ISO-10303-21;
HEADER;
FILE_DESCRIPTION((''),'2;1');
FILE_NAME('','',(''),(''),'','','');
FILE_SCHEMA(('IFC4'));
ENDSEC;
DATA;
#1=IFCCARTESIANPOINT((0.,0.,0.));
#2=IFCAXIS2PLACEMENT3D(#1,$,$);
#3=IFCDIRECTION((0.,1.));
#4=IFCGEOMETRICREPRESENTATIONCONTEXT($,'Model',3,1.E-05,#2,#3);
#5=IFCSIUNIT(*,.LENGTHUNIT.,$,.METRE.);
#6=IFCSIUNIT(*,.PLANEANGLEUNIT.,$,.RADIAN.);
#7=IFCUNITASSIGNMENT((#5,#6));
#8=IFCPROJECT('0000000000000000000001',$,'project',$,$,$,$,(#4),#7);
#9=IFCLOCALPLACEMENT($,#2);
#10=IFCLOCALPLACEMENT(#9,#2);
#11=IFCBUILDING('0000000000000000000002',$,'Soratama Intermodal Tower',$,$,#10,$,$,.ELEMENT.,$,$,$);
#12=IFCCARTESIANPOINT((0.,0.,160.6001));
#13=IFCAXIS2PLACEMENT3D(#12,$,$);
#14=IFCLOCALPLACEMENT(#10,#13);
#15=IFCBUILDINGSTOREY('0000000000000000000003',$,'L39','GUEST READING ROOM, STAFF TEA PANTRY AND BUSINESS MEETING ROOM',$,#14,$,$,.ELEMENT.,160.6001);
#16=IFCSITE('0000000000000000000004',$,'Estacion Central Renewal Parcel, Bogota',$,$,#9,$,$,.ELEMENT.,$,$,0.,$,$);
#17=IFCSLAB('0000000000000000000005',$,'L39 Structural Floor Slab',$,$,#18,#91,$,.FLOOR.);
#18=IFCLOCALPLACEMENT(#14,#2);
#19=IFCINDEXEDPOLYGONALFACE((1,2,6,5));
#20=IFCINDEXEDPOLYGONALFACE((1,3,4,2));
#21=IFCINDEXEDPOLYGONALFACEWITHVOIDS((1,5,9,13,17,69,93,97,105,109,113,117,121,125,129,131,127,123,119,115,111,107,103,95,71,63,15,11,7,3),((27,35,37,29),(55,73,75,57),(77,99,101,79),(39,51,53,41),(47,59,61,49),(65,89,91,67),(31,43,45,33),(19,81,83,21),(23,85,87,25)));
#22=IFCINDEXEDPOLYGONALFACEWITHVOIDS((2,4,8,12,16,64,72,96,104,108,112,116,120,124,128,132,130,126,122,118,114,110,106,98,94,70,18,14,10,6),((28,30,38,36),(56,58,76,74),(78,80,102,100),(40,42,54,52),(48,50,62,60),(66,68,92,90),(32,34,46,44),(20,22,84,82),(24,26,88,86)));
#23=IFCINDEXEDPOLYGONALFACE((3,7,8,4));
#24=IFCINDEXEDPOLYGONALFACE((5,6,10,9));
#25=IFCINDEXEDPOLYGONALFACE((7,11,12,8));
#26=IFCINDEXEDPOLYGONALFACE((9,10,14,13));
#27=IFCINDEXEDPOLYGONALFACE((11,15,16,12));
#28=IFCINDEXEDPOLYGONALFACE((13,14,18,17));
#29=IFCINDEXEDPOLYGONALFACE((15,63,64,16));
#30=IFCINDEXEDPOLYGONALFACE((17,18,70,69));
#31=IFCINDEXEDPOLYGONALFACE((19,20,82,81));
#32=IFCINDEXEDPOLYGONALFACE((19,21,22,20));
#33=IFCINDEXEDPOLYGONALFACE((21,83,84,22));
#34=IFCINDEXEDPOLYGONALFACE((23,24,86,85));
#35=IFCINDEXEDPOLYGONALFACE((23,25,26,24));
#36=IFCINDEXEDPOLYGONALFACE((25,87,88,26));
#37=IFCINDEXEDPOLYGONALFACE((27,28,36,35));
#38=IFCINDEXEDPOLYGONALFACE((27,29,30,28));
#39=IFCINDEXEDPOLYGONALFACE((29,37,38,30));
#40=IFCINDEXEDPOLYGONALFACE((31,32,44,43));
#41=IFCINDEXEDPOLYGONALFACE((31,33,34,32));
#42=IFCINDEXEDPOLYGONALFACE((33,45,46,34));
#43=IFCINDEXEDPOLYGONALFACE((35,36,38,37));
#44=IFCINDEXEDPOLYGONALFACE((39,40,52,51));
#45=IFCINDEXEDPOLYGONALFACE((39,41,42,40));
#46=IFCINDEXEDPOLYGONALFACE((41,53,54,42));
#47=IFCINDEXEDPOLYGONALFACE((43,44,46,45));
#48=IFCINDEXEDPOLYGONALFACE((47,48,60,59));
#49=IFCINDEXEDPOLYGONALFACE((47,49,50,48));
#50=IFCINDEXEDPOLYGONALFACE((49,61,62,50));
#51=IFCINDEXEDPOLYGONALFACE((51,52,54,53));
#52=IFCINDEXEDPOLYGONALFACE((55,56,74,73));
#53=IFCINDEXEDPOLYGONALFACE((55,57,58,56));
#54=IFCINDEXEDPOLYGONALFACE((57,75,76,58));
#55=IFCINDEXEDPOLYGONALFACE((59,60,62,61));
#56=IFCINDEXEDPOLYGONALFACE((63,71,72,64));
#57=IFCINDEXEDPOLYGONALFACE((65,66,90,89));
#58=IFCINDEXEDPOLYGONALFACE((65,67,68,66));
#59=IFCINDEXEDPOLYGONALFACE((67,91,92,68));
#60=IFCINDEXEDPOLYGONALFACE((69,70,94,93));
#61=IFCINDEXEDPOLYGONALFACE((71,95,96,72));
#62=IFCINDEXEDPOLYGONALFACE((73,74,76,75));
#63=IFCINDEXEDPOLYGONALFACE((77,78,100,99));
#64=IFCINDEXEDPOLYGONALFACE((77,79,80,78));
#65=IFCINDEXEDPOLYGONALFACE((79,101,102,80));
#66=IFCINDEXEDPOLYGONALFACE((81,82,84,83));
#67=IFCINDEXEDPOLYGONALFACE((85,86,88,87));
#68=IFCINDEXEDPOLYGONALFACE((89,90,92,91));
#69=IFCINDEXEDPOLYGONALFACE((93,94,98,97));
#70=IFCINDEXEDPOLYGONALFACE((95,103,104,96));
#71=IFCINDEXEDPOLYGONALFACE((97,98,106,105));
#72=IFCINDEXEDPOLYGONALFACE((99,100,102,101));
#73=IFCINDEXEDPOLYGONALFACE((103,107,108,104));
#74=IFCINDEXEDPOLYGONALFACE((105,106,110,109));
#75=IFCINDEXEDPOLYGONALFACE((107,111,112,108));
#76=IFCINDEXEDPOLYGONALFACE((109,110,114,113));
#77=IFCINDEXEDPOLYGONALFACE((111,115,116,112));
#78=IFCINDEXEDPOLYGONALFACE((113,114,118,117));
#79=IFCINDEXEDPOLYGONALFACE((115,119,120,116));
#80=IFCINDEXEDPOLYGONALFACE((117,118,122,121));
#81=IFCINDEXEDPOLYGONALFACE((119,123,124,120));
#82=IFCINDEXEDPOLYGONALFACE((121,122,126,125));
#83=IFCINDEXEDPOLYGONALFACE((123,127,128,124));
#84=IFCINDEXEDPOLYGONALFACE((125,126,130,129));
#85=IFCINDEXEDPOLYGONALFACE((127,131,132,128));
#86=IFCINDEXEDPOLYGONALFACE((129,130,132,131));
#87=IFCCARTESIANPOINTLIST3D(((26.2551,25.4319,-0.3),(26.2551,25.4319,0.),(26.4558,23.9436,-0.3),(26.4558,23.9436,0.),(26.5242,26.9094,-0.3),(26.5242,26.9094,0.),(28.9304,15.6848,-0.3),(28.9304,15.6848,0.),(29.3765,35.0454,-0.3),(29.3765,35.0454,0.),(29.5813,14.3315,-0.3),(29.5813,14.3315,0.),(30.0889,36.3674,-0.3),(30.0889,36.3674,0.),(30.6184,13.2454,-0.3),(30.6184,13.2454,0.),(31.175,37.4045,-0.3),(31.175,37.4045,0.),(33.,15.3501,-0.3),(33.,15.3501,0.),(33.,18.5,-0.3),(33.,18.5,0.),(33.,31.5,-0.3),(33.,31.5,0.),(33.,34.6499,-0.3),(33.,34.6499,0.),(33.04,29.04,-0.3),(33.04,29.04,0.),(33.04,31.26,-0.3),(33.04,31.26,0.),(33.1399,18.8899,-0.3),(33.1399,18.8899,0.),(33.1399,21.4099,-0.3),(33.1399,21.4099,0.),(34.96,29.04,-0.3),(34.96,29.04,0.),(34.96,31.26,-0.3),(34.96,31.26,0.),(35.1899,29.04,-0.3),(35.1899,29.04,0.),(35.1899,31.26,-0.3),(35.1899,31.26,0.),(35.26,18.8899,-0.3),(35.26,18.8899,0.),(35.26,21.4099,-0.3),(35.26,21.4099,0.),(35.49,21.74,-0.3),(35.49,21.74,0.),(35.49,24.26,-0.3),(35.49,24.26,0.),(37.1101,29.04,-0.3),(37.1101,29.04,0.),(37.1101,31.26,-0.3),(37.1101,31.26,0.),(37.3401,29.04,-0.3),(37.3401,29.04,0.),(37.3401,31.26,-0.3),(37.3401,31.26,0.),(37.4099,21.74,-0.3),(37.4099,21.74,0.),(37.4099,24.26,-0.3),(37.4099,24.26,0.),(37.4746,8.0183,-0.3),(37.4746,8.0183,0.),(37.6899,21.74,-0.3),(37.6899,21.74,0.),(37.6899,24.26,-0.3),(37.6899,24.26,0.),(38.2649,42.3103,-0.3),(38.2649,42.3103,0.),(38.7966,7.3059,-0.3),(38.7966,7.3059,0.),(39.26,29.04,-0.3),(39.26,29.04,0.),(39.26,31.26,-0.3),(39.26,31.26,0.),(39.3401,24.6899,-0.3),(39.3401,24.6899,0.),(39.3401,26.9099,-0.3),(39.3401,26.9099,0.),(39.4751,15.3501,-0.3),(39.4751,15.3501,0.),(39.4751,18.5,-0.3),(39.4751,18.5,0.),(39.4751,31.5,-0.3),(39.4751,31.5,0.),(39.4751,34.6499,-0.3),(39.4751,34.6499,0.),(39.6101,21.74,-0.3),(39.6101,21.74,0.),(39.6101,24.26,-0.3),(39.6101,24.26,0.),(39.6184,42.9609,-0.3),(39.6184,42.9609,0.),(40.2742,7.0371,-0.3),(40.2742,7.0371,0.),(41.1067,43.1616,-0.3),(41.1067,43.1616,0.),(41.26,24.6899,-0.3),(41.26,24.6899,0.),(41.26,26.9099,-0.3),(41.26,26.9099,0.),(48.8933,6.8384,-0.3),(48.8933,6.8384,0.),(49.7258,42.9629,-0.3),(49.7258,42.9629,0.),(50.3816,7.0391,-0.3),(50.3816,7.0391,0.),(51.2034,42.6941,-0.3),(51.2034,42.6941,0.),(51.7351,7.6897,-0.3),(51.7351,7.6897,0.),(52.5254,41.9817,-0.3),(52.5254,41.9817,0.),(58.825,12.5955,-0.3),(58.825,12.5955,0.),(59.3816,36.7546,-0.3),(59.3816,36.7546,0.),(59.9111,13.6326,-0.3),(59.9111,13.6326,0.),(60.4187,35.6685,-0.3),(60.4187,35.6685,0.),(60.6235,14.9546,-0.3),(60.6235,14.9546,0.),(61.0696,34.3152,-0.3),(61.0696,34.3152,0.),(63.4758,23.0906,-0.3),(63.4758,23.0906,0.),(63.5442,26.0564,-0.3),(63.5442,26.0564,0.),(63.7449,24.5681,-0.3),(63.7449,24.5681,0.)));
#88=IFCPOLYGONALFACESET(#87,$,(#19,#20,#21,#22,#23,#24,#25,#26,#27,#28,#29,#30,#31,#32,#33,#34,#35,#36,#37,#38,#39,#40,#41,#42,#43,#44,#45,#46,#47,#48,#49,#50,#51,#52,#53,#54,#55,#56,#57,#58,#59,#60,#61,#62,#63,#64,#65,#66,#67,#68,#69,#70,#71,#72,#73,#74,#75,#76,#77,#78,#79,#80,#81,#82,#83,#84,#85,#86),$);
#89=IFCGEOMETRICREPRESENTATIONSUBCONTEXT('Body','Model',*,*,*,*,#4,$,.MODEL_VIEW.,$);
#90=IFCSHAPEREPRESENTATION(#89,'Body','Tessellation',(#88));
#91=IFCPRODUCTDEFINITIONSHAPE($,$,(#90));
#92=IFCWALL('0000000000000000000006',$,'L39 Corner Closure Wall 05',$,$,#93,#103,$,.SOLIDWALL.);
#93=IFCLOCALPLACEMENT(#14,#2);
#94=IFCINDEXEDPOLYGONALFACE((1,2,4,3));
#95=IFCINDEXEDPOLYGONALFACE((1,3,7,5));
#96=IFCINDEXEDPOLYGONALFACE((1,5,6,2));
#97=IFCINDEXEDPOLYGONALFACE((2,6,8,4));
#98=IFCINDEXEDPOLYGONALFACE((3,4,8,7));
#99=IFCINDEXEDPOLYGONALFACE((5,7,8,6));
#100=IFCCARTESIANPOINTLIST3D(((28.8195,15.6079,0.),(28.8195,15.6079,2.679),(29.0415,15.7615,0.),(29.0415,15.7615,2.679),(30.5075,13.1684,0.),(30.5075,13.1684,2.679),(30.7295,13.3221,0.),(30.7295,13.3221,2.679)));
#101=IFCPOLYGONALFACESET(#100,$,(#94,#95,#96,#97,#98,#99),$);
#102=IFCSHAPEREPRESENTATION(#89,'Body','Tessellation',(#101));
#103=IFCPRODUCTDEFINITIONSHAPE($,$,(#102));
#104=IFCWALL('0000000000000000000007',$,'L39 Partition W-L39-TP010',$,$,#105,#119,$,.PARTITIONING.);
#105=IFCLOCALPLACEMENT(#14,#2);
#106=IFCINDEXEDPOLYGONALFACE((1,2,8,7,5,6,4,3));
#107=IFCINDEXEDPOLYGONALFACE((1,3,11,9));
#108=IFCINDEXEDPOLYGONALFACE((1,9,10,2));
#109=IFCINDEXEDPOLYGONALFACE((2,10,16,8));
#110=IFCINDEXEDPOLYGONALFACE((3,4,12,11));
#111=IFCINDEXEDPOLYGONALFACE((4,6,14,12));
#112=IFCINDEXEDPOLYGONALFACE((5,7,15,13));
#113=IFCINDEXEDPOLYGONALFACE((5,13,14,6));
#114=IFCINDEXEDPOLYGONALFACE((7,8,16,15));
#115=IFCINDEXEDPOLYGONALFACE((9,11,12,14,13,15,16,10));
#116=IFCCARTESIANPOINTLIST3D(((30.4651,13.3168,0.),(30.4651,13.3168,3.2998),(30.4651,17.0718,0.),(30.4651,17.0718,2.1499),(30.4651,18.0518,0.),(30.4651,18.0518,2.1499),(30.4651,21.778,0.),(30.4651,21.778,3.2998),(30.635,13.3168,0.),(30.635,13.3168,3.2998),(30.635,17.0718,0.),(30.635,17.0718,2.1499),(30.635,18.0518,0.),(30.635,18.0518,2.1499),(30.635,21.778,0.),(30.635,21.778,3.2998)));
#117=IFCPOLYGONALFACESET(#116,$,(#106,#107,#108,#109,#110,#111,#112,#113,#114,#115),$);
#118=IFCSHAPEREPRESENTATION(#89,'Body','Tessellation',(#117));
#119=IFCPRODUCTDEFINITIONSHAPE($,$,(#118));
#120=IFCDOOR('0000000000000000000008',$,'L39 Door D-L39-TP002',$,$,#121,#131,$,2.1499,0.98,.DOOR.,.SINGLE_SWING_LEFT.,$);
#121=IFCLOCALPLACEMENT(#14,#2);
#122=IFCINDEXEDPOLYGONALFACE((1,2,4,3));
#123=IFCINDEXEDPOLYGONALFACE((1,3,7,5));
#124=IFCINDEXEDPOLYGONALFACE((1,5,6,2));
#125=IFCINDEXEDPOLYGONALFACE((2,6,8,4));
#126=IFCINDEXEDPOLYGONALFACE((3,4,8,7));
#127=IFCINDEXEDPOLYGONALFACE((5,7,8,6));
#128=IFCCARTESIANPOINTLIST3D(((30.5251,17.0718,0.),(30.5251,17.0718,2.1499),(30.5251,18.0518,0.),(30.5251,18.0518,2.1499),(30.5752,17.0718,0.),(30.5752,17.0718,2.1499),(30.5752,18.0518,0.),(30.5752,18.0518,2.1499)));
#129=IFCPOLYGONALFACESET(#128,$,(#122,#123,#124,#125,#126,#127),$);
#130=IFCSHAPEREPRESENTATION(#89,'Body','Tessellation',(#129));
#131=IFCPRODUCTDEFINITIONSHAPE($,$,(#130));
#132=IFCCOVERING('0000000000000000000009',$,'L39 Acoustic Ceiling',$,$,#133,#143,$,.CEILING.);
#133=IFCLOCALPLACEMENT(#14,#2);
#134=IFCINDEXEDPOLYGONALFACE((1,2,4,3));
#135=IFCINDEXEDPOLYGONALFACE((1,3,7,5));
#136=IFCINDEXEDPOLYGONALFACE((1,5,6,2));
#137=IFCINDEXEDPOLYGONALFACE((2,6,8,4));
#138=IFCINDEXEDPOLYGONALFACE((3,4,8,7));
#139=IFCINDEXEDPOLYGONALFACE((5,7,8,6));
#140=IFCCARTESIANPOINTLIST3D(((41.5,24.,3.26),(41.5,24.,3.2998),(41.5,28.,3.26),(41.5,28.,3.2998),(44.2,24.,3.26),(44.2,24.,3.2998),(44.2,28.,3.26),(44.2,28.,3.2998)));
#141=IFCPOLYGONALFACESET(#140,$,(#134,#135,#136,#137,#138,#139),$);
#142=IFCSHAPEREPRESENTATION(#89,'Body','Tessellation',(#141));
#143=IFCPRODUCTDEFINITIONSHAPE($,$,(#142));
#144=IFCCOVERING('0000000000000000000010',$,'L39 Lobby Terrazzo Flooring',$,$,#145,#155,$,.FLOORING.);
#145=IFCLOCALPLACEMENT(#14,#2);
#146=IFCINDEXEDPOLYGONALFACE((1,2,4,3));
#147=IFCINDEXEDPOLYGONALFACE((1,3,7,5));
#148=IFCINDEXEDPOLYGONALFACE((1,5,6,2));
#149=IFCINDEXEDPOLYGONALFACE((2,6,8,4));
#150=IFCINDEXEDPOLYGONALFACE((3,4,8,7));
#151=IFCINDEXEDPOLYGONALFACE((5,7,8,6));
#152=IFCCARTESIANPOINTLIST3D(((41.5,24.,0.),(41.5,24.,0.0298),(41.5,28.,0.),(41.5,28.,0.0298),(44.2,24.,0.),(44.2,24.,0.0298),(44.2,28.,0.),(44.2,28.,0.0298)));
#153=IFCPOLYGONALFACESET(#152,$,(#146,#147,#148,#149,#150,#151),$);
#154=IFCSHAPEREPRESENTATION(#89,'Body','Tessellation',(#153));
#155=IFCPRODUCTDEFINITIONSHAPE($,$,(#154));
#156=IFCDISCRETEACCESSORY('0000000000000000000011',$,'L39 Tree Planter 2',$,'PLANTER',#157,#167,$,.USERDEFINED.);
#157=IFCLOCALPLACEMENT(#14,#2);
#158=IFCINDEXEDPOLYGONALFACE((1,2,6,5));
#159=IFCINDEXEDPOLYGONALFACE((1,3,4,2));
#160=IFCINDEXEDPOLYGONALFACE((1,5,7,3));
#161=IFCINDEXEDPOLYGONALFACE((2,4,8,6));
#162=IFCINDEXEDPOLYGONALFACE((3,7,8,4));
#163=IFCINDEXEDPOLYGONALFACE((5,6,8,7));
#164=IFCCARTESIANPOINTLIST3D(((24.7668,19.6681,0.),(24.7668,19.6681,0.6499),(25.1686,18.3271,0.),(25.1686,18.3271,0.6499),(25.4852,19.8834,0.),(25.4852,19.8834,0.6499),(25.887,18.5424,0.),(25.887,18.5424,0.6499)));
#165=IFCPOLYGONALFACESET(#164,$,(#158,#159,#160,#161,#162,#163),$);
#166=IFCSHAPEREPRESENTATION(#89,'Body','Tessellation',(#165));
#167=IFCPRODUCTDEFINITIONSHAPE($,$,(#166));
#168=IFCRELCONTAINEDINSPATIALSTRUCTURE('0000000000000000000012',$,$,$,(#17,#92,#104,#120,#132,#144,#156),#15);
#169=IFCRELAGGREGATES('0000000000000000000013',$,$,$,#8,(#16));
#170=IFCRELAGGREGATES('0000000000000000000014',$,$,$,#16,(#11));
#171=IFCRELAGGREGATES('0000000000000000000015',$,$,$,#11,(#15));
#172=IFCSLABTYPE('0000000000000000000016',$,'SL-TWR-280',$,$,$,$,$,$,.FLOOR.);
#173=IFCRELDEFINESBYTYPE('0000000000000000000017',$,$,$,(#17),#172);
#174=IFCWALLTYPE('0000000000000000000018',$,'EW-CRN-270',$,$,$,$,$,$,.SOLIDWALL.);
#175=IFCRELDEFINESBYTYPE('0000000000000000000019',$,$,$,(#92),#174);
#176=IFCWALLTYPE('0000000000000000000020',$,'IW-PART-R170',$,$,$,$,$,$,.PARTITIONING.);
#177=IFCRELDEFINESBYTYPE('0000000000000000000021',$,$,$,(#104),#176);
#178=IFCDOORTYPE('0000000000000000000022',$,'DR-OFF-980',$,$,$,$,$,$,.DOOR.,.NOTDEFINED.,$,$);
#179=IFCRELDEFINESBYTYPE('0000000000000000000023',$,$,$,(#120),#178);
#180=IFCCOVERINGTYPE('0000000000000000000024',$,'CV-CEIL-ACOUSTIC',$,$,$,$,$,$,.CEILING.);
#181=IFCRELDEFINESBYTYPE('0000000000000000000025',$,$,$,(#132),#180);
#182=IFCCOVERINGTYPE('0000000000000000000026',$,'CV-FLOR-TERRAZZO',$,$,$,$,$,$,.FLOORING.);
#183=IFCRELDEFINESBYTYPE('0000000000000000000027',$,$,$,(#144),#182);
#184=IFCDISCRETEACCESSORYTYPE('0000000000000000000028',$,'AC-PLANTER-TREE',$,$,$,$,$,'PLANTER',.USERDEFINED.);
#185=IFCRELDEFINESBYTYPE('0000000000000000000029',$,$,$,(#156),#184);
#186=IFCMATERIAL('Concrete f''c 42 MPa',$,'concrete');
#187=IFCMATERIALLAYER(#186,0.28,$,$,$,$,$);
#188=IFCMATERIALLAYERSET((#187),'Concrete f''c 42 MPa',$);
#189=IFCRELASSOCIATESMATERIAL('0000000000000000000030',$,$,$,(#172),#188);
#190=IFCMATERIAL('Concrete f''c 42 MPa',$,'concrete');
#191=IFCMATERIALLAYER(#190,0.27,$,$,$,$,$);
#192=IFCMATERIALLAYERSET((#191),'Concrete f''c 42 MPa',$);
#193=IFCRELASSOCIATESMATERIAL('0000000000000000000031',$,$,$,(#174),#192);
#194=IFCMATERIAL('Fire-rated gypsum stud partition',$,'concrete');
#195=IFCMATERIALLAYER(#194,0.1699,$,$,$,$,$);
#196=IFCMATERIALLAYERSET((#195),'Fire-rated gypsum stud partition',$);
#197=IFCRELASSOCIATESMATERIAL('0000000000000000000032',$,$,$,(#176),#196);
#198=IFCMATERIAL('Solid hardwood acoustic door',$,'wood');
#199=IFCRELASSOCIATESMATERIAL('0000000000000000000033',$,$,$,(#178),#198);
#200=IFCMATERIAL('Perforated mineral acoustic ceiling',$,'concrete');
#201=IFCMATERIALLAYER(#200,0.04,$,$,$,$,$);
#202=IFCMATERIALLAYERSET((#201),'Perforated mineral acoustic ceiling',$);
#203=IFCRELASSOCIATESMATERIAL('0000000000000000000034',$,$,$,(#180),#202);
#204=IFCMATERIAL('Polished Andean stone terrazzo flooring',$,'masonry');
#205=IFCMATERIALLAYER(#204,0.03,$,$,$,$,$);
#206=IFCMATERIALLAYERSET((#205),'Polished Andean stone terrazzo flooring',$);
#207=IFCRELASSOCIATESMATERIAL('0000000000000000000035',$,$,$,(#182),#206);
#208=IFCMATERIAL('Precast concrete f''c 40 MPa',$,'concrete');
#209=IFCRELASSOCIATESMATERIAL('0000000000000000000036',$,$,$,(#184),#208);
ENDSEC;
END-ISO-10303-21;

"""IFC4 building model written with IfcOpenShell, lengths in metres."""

from ifc_helpers import new_model, si_unit, direction, frame, frame_2d, origin, origin_2d, place, context, subcontext, project, spatial, polyline, rectangle, outline, extrude, material, layer, layer_set, type_object, element, fill, save


model = new_model("IFC4")

# Units and contexts
model_context = context("Model", 3, precision=1e-05, world=origin(), true_north=direction((0.0, 1.0)))
body_context = subcontext(model_context, "Body", "Model", "MODEL_VIEW")
ifc_project = project(units=[si_unit("LENGTHUNIT", "METRE"), si_unit("PLANEANGLEUNIT", "RADIAN")], contexts=[model_context])

# Site, building, storey
site_placement = place(None, origin())
site = spatial("IfcSite", under=ifc_project, at=site_placement, Name="Estacion Central Renewal Parcel, Bogota", CompositionType="ELEMENT", RefElevation=0.0)
building_placement = place(site_placement, origin())
building = spatial("IfcBuilding", under=site, at=building_placement, Name="Soratama Intermodal Tower", CompositionType="ELEMENT")
storey_placement = place(building_placement, frame((0.0, 0.0, 160.6001)))
storey = spatial("IfcBuildingStorey", under=building, at=storey_placement, Name="L39", Description="GUEST READING ROOM, STAFF TEA PANTRY AND BUSINESS MEETING ROOM", CompositionType="ELEMENT", Elevation=160.6001)

# Slab
ifc_material_1 = material(Name="Concrete f'c 42 MPa", Category="concrete")
ifc_layer_1 = layer(ifc_material_1, 0.28)
ifc_layer_set_1 = layer_set([ifc_layer_1], Name="Concrete f'c 42 MPa")
slab_type_1 = type_object("IfcSlabType", Name="SL-TWR-280", PredefinedType="FLOOR", material=ifc_layer_set_1)
slab_1_placement = place(storey_placement, frame((0.0, 0.0, -0.3)))
element("IfcSlab", 1, at=slab_1_placement, inside=storey, type_object=slab_type_1, Name="L39 Structural Floor Slab", PredefinedType="FLOOR", context=body_context, shape_type="SweptSolid", body=[
    extrude(outline(polyline([(61.0696, 34.3152), (60.4187, 35.6685), (59.3816, 36.7546), (52.5254, 41.9817), (51.2034, 42.6941), (49.7258, 42.9629), (41.1067, 43.1616), (39.6184, 42.9609), (38.2649, 42.3103), (31.175, 37.4045), (30.0889, 36.3674), (29.3765, 35.0454), (26.5242, 26.9094), (26.2551, 25.4319), (26.4558, 23.9436), (28.9304, 15.6848), (29.5813, 14.3315), (30.6184, 13.2454), (37.4746, 8.0183), (38.7966, 7.3059), (40.2742, 7.0371), (48.8933, 6.8384), (50.3816, 7.0391), (51.7351, 7.6897), (58.825, 12.5955), (59.9111, 13.6326), (60.6235, 14.9546), (63.4758, 23.0906), (63.7449, 24.5681), (63.5442, 26.0564), (61.0696, 34.3152)]), holes=[polyline([(33.0, 18.5), (33.0, 15.3501), (39.4751, 15.3501), (39.4751, 18.5), (33.0, 18.5)]), polyline([(35.26, 21.4099), (33.1399, 21.4099), (33.1399, 18.8899), (35.26, 18.8899), (35.26, 21.4099)]), polyline([(37.4099, 24.26), (35.49, 24.26), (35.49, 21.74), (37.4099, 21.74), (37.4099, 24.26)]), polyline([(39.6101, 24.26), (37.6899, 24.26), (37.6899, 21.74), (39.6101, 21.74), (39.6101, 24.26)]), polyline([(41.26, 26.9099), (39.3401, 26.9099), (39.3401, 24.6899), (41.26, 24.6899), (41.26, 26.9099)]), polyline([(34.96, 31.26), (33.04, 31.26), (33.04, 29.04), (34.96, 29.04), (34.96, 31.26)]), polyline([(37.1101, 31.26), (35.1899, 31.26), (35.1899, 29.04), (37.1101, 29.04), (37.1101, 31.26)]), polyline([(39.26, 29.04), (39.26, 31.26), (37.3401, 31.26), (37.3401, 29.04), (39.26, 29.04)]), polyline([(39.4751, 34.6499), (33.0, 34.6499), (33.0, 31.5), (39.4751, 31.5), (39.4751, 34.6499)])]), origin(), (0.0, 0.0, 1.0), 0.3),
])

# Wall
ifc_material_2 = material(Name="Concrete f'c 42 MPa", Category="concrete")
ifc_layer_2 = layer(ifc_material_2, 0.27)
ifc_layer_set_2 = layer_set([ifc_layer_2], Name="Concrete f'c 42 MPa")
wall_type_1 = type_object("IfcWallType", Name="EW-CRN-270", PredefinedType="SOLIDWALL", material=ifc_layer_set_2)
wall_1_placement = place(storey_placement, frame((28.9304, 15.6848, 0.0), z_axis=(0.0, 0.0, 1.0), x_axis=(0.569013, -0.822328, 0.0)))
element("IfcWall", 2, at=wall_1_placement, inside=storey, type_object=wall_type_1, Name="L39 Corner Closure Wall 05", PredefinedType="SOLIDWALL", context=body_context, shape_type="SweptSolid", body=[
    extrude(rectangle(XDim=2.9666, YDim=0.27, at=frame_2d((1.4834, 0.0))), origin(), (0.0, 0.0, 1.0), 2.679),
])

# Wall, opening, door
ifc_material_3 = material(Name="Fire-rated gypsum stud partition", Category="concrete")
ifc_layer_3 = layer(ifc_material_3, 0.1699)
ifc_layer_set_3 = layer_set([ifc_layer_3], Name="Fire-rated gypsum stud partition")
wall_type_2 = type_object("IfcWallType", Name="IW-PART-R170", PredefinedType="PARTITIONING", material=ifc_layer_set_3)
wall_2_placement = place(storey_placement, frame((30.55, 13.3169, 0.0), z_axis=(0.0, 0.0, 1.0), x_axis=(0.0, 1.0, 0.0)))
wall_2 = element("IfcWall", 3, at=wall_2_placement, inside=storey, type_object=wall_type_2, Name="L39 Partition W-L39-TP010", PredefinedType="PARTITIONING", context=body_context, shape_type="SweptSolid", body=[
    extrude(rectangle(XDim=8.4612, YDim=0.1699, at=frame_2d((4.2305, 0.0))), origin(), (0.0, 0.0, 1.0), 3.2998),
])
opening_1_placement = place(wall_2_placement, frame((3.7549, 0.0, 0.0)))
opening_1 = element("IfcOpeningElement", 4, at=opening_1_placement, cuts=wall_2, PredefinedType="OPENING", context=body_context, shape_type="SweptSolid", body=[
    extrude(rectangle(XDim=0.98, YDim=2.1499, at=frame_2d((0.49, 1.075))), frame((0.0, 0.095, 0.0), z_axis=(0.0, -1.0, 0.0), x_axis=(1.0, 0.0, 0.0)), (0.0, 0.0, 1.0), 0.1899),
])
ifc_material_4 = material(Name="Solid hardwood acoustic door", Category="wood")
door_type_1 = type_object("IfcDoorType", Name="DR-OFF-980", OperationType="NOTDEFINED", PredefinedType="DOOR", material=ifc_material_4)
door_1_placement = place(opening_1_placement, origin())
door_1 = element("IfcDoor", 5, at=door_1_placement, inside=storey, type_object=door_type_1, Name="L39 Door D-L39-TP002", OperationType="SINGLE_SWING_LEFT", OverallHeight=2.1499, OverallWidth=0.98, PredefinedType="DOOR", context=body_context, shape_type="SweptSolid", body=[
    extrude(rectangle(XDim=0.98, YDim=2.1499, at=frame_2d((0.49, 1.075))), frame((0.0, 0.0249, 0.0), z_axis=(0.0, -1.0, 0.0), x_axis=(1.0, 0.0, 0.0)), (0.0, 0.0, 1.0), 0.05),
])
fill(opening_1, door_1)

# Coverings
ifc_material_5 = material(Name="Perforated mineral acoustic ceiling", Category="concrete")
ifc_layer_4 = layer(ifc_material_5, 0.04)
ifc_layer_set_4 = layer_set([ifc_layer_4], Name="Perforated mineral acoustic ceiling")
covering_type_1 = type_object("IfcCoveringType", Name="CV-CEIL-ACOUSTIC", PredefinedType="CEILING", material=ifc_layer_set_4)
covering_1_placement = place(storey_placement, frame((0.0, 0.0, 3.26)))
element("IfcCovering", 6, at=covering_1_placement, inside=storey, type_object=covering_type_1, Name="L39 Acoustic Ceiling", PredefinedType="CEILING", context=body_context, shape_type="SweptSolid", body=[
    extrude(outline(polyline([(41.5, 24.0), (44.2, 24.0), (44.2, 28.0), (41.5, 28.0), (41.5, 24.0)])), origin(), (0.0, 0.0, 1.0), 0.0398),
])
ifc_material_6 = material(Name="Polished Andean stone terrazzo flooring", Category="masonry")
ifc_layer_5 = layer(ifc_material_6, 0.03)
ifc_layer_set_5 = layer_set([ifc_layer_5], Name="Polished Andean stone terrazzo flooring")
covering_type_2 = type_object("IfcCoveringType", Name="CV-FLOR-TERRAZZO", PredefinedType="FLOORING", material=ifc_layer_set_5)
covering_2_placement = place(storey_placement, origin())
element("IfcCovering", 7, at=covering_2_placement, inside=storey, type_object=covering_type_2, Name="L39 Lobby Terrazzo Flooring", PredefinedType="FLOORING", context=body_context, shape_type="SweptSolid", body=[
    extrude(outline(polyline([(41.5, 24.0), (44.2, 24.0), (44.2, 28.0), (41.5, 28.0), (41.5, 24.0)])), origin(), (0.0, 0.0, 1.0), 0.0298),
])

# Discrete accessory
ifc_material_7 = material(Name="Precast concrete f'c 40 MPa", Category="concrete")
discrete_accessory_type = type_object("IfcDiscreteAccessoryType", Name="AC-PLANTER-TREE", ElementType="PLANTER", PredefinedType="USERDEFINED", material=ifc_material_7)
discrete_accessory_placement = place(storey_placement, frame((25.3269, 19.1052, 0.0), z_axis=(0.0, 0.0, 1.0), x_axis=(-0.957923, -0.287026, 0.0)))
element("IfcDiscreteAccessory", 8, at=discrete_accessory_placement, inside=storey, type_object=discrete_accessory_type, Name="L39 Tree Planter 2", ObjectType="PLANTER", PredefinedType="USERDEFINED", context=body_context, shape_type="SweptSolid", body=[
    extrude(rectangle(XDim=0.75, YDim=1.3999, at=origin_2d()), origin(), (0.0, 0.0, 1.0), 0.6499),
])

save(model, "model.ifc")
